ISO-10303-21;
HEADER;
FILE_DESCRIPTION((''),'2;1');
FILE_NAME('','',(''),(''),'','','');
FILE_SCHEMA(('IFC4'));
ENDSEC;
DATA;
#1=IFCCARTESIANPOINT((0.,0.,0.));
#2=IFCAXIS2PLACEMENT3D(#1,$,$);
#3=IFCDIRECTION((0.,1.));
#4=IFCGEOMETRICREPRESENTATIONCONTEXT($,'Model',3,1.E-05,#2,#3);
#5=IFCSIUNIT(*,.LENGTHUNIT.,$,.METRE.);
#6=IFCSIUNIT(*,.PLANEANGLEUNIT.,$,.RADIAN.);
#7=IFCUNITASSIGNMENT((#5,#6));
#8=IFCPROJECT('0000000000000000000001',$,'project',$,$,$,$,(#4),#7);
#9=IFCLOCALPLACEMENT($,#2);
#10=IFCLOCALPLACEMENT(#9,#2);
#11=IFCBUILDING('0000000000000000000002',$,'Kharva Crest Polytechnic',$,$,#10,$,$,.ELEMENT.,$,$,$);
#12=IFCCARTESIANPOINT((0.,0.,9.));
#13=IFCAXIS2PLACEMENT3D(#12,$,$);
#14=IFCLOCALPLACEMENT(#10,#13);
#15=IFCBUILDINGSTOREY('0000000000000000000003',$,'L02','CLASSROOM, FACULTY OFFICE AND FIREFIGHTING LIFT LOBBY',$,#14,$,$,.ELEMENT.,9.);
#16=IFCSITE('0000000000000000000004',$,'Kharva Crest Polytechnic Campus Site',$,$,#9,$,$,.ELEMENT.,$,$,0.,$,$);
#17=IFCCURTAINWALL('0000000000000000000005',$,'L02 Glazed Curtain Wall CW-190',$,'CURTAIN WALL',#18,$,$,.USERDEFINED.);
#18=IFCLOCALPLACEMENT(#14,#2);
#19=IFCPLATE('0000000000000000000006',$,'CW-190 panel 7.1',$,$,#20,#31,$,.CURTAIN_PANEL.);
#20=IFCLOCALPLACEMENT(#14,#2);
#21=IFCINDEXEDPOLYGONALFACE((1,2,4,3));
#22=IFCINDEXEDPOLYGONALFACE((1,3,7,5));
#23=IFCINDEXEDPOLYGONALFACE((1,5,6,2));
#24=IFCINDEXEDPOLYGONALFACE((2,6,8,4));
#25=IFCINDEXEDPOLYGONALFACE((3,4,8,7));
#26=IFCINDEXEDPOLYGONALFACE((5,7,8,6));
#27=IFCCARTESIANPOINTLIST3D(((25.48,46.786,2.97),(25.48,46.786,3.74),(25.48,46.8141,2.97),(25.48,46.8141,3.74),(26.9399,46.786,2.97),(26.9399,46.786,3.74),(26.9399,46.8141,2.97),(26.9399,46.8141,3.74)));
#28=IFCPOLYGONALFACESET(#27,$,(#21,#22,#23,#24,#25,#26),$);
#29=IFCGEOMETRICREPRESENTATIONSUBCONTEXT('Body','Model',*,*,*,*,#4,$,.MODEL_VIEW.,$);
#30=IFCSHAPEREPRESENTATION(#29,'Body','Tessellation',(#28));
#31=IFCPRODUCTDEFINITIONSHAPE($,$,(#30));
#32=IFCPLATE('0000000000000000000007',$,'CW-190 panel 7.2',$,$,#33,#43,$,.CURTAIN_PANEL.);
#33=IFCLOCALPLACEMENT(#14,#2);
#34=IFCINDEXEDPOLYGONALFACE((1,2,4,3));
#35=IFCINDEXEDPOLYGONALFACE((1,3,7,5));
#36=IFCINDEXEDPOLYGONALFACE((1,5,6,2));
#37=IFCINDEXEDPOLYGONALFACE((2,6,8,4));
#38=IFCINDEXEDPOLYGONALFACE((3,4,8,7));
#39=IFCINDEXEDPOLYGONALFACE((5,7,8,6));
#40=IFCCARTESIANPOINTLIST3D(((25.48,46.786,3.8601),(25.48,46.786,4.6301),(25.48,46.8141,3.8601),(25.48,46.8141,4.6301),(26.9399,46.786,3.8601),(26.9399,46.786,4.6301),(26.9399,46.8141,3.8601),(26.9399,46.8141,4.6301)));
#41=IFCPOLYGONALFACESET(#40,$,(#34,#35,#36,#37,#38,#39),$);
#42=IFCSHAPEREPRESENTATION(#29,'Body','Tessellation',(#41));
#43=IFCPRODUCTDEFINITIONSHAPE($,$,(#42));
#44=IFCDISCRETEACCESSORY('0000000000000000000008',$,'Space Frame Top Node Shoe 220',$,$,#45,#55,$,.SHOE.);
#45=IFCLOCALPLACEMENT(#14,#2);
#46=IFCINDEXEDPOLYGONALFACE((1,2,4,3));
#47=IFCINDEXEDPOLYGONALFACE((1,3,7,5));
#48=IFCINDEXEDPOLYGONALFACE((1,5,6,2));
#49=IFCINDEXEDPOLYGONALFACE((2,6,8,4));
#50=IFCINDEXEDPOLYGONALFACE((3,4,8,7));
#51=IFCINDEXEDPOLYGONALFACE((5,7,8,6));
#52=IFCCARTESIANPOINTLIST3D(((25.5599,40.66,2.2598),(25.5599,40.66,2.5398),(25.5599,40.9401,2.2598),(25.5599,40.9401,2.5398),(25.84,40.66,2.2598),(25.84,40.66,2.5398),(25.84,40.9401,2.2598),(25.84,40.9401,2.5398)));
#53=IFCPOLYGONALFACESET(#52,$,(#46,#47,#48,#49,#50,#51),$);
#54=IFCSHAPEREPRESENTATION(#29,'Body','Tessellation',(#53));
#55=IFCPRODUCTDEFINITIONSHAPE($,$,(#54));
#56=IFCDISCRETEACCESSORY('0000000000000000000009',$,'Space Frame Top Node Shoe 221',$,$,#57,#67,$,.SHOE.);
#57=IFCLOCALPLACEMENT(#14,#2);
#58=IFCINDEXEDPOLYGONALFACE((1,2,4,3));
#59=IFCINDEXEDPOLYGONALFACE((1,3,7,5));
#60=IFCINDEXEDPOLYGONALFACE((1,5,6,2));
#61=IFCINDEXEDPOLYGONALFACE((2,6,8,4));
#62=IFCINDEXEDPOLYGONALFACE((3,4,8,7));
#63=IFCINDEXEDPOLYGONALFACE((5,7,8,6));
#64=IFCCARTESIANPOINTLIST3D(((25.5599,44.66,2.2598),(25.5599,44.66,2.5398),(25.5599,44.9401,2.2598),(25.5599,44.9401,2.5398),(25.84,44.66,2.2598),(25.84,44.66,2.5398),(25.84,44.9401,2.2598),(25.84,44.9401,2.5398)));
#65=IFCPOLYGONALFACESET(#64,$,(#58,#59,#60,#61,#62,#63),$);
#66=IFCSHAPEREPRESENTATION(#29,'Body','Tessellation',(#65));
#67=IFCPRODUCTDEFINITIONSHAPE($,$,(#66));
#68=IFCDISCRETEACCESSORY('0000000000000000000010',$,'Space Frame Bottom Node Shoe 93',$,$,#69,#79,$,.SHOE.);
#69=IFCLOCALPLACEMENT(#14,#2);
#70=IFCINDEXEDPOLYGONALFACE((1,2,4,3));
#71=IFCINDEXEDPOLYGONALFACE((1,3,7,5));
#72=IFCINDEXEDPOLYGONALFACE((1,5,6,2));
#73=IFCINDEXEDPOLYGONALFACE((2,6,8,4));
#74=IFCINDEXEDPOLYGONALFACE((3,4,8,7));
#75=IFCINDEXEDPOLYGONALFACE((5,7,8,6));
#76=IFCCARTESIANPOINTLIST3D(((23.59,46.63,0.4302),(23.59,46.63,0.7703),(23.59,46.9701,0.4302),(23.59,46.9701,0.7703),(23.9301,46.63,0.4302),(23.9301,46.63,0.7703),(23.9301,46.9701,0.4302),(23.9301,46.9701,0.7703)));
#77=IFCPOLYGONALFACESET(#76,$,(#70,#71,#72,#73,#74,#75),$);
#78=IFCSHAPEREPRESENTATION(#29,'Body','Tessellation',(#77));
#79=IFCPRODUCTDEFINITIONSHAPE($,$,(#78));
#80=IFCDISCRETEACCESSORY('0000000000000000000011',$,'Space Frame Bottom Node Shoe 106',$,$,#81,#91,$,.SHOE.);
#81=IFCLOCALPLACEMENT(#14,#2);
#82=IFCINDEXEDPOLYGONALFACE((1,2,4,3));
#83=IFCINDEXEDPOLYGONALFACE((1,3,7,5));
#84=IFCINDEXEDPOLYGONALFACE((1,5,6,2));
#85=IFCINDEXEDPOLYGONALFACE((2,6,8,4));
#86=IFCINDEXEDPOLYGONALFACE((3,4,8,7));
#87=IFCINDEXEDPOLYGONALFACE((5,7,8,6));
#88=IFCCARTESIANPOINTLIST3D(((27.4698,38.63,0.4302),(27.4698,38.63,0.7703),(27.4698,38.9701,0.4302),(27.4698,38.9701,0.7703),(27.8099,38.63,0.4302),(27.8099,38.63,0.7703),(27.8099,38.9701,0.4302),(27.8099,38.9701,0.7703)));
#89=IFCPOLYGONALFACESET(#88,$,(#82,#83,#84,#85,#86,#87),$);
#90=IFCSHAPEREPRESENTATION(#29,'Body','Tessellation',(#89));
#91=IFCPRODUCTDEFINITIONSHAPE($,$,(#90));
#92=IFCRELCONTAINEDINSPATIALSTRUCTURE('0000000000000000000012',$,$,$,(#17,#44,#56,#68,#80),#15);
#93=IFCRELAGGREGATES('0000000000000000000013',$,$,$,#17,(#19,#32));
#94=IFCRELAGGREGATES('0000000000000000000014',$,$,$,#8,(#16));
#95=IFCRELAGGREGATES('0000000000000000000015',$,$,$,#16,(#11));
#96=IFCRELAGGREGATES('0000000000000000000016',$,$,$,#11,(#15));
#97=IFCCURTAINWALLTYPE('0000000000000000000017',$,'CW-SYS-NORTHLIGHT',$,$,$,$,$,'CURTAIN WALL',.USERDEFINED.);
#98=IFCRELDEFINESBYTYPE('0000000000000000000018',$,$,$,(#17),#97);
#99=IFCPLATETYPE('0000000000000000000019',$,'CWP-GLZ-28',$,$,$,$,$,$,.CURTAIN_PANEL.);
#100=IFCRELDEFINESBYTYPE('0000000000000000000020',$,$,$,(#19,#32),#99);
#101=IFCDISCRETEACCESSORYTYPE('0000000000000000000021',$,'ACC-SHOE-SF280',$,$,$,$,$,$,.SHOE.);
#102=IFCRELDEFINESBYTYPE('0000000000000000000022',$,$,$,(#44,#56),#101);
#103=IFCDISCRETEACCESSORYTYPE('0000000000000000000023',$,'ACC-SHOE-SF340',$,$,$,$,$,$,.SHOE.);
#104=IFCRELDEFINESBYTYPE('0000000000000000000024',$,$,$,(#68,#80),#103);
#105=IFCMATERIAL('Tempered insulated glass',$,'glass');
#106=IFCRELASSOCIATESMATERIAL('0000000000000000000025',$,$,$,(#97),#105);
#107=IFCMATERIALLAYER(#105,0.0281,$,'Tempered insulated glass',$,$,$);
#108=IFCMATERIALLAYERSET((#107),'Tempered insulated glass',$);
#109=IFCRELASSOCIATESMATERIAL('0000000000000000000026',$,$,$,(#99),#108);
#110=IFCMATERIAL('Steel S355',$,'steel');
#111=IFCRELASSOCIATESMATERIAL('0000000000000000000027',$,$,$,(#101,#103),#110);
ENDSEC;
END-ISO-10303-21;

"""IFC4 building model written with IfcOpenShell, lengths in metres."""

from ifc_helpers import new_model, si_unit, direction, frame, origin, origin_2d, place, context, subcontext, project, spatial, rectangle, extrude, material, layer, layer_set, type_object, element, aggregate, save


model = new_model("IFC4")

# Units and contexts
model_context = context("Model", 3, precision=1e-05, world=origin(), true_north=direction((0.0, 1.0)))
body_context = subcontext(model_context, "Body", "Model", "MODEL_VIEW")
ifc_project = project(units=[si_unit("LENGTHUNIT", "METRE"), si_unit("PLANEANGLEUNIT", "RADIAN")], contexts=[model_context])

# Site, building, storey
site_placement = place(None, origin())
site = spatial("IfcSite", under=ifc_project, at=site_placement, Name="Kharva Crest Polytechnic Campus Site", CompositionType="ELEMENT", RefElevation=0.0)
building_placement = place(site_placement, origin())
building = spatial("IfcBuilding", under=site, at=building_placement, Name="Kharva Crest Polytechnic", CompositionType="ELEMENT")
storey_placement = place(building_placement, frame((0.0, 0.0, 9.0)))
storey = spatial("IfcBuildingStorey", under=building, at=storey_placement, Name="L02", Description="CLASSROOM, FACULTY OFFICE AND FIREFIGHTING LIFT LOBBY", CompositionType="ELEMENT", Elevation=9.0)

# Curtain wall
ifc_material_1 = material(Name="Tempered insulated glass", Category="glass")
curtain_wall_type = type_object("IfcCurtainWallType", Name="CW-SYS-NORTHLIGHT", ElementType="CURTAIN WALL", PredefinedType="USERDEFINED", material=ifc_material_1)
curtain_wall_placement = place(storey_placement, origin())
curtain_wall = element("IfcCurtainWall", 1, at=curtain_wall_placement, inside=storey, type_object=curtain_wall_type, Name="L02 Glazed Curtain Wall CW-190", ObjectType="CURTAIN WALL", PredefinedType="USERDEFINED")
ifc_material_2 = material(Name="Steel S355", Category="steel")

# Plates
ifc_layer = layer(ifc_material_1, 0.0281, Name="Tempered insulated glass")
ifc_layer_set = layer_set([ifc_layer], Name="Tempered insulated glass")
plate_type = type_object("IfcPlateType", Name="CWP-GLZ-28", PredefinedType="CURTAIN_PANEL", material=ifc_layer_set)
plate_1_placement = place(storey_placement, frame((26.21, 46.8, 2.97), z_axis=(0.0, 0.0, 1.0), x_axis=(1.0, 0.0, 0.0)))
plate_1 = element("IfcPlate", 2, at=plate_1_placement, type_object=plate_type, Name="CW-190 panel 7.1", PredefinedType="CURTAIN_PANEL", context=body_context, shape_type="SweptSolid", body=[
    extrude(rectangle(XDim=1.46, YDim=0.0281, at=origin_2d()), origin(), (0.0, 0.0, 1.0), 0.77),
])
plate_2_placement = place(storey_placement, frame((26.21, 46.8, 3.8601), z_axis=(0.0, 0.0, 1.0), x_axis=(1.0, 0.0, 0.0)))
plate_2 = element("IfcPlate", 3, at=plate_2_placement, type_object=plate_type, Name="CW-190 panel 7.2", PredefinedType="CURTAIN_PANEL", context=body_context, shape_type="SweptSolid", body=[
    extrude(rectangle(XDim=1.46, YDim=0.0281, at=origin_2d()), origin(), (0.0, 0.0, 1.0), 0.77),
])
aggregate(curtain_wall, [plate_1, plate_2])

# Discrete accessories
discrete_accessory_type_1 = type_object("IfcDiscreteAccessoryType", Name="ACC-SHOE-SF280", PredefinedType="SHOE", material=ifc_material_2)
for number, where, z_axis, x_axis, name in (
    (4, (25.7, 40.8, 2.2598), (0.0, 0.0, 1.0), (1.0, 0.0, 0.0), "Space Frame Top Node Shoe 220"),
    (5, (25.7, 44.8, 2.2598), (0.0, 0.0, 1.0), (1.0, 0.0, 0.0), "Space Frame Top Node Shoe 221"),
):
    element("IfcDiscreteAccessory", number, at=place(storey_placement, frame(where, z_axis=z_axis, x_axis=x_axis)), inside=storey, type_object=discrete_accessory_type_1, Name=name, PredefinedType="SHOE", context=body_context, shape_type="SweptSolid", body=[
        extrude(rectangle(XDim=0.28, YDim=0.28, at=origin_2d()), origin(), (0.0, 0.0, 1.0), 0.28),
    ])
discrete_accessory_type_2 = type_object("IfcDiscreteAccessoryType", Name="ACC-SHOE-SF340", PredefinedType="SHOE", material=ifc_material_2)
for number, where, z_axis, x_axis, name in (
    (6, (23.76, 46.8, 0.4302), (0.0, 0.0, 1.0), (1.0, 0.0, 0.0), "Space Frame Bottom Node Shoe 93"),
    (7, (27.6399, 38.8, 0.4302), (0.0, 0.0, 1.0), (1.0, 0.0, 0.0), "Space Frame Bottom Node Shoe 106"),
):
    element("IfcDiscreteAccessory", number, at=place(storey_placement, frame(where, z_axis=z_axis, x_axis=x_axis)), inside=storey, type_object=discrete_accessory_type_2, Name=name, PredefinedType="SHOE", context=body_context, shape_type="SweptSolid", body=[
        extrude(rectangle(XDim=0.3401, YDim=0.3401, at=origin_2d()), origin(), (0.0, 0.0, 1.0), 0.3401),
    ])

save(model, "model.ifc")
